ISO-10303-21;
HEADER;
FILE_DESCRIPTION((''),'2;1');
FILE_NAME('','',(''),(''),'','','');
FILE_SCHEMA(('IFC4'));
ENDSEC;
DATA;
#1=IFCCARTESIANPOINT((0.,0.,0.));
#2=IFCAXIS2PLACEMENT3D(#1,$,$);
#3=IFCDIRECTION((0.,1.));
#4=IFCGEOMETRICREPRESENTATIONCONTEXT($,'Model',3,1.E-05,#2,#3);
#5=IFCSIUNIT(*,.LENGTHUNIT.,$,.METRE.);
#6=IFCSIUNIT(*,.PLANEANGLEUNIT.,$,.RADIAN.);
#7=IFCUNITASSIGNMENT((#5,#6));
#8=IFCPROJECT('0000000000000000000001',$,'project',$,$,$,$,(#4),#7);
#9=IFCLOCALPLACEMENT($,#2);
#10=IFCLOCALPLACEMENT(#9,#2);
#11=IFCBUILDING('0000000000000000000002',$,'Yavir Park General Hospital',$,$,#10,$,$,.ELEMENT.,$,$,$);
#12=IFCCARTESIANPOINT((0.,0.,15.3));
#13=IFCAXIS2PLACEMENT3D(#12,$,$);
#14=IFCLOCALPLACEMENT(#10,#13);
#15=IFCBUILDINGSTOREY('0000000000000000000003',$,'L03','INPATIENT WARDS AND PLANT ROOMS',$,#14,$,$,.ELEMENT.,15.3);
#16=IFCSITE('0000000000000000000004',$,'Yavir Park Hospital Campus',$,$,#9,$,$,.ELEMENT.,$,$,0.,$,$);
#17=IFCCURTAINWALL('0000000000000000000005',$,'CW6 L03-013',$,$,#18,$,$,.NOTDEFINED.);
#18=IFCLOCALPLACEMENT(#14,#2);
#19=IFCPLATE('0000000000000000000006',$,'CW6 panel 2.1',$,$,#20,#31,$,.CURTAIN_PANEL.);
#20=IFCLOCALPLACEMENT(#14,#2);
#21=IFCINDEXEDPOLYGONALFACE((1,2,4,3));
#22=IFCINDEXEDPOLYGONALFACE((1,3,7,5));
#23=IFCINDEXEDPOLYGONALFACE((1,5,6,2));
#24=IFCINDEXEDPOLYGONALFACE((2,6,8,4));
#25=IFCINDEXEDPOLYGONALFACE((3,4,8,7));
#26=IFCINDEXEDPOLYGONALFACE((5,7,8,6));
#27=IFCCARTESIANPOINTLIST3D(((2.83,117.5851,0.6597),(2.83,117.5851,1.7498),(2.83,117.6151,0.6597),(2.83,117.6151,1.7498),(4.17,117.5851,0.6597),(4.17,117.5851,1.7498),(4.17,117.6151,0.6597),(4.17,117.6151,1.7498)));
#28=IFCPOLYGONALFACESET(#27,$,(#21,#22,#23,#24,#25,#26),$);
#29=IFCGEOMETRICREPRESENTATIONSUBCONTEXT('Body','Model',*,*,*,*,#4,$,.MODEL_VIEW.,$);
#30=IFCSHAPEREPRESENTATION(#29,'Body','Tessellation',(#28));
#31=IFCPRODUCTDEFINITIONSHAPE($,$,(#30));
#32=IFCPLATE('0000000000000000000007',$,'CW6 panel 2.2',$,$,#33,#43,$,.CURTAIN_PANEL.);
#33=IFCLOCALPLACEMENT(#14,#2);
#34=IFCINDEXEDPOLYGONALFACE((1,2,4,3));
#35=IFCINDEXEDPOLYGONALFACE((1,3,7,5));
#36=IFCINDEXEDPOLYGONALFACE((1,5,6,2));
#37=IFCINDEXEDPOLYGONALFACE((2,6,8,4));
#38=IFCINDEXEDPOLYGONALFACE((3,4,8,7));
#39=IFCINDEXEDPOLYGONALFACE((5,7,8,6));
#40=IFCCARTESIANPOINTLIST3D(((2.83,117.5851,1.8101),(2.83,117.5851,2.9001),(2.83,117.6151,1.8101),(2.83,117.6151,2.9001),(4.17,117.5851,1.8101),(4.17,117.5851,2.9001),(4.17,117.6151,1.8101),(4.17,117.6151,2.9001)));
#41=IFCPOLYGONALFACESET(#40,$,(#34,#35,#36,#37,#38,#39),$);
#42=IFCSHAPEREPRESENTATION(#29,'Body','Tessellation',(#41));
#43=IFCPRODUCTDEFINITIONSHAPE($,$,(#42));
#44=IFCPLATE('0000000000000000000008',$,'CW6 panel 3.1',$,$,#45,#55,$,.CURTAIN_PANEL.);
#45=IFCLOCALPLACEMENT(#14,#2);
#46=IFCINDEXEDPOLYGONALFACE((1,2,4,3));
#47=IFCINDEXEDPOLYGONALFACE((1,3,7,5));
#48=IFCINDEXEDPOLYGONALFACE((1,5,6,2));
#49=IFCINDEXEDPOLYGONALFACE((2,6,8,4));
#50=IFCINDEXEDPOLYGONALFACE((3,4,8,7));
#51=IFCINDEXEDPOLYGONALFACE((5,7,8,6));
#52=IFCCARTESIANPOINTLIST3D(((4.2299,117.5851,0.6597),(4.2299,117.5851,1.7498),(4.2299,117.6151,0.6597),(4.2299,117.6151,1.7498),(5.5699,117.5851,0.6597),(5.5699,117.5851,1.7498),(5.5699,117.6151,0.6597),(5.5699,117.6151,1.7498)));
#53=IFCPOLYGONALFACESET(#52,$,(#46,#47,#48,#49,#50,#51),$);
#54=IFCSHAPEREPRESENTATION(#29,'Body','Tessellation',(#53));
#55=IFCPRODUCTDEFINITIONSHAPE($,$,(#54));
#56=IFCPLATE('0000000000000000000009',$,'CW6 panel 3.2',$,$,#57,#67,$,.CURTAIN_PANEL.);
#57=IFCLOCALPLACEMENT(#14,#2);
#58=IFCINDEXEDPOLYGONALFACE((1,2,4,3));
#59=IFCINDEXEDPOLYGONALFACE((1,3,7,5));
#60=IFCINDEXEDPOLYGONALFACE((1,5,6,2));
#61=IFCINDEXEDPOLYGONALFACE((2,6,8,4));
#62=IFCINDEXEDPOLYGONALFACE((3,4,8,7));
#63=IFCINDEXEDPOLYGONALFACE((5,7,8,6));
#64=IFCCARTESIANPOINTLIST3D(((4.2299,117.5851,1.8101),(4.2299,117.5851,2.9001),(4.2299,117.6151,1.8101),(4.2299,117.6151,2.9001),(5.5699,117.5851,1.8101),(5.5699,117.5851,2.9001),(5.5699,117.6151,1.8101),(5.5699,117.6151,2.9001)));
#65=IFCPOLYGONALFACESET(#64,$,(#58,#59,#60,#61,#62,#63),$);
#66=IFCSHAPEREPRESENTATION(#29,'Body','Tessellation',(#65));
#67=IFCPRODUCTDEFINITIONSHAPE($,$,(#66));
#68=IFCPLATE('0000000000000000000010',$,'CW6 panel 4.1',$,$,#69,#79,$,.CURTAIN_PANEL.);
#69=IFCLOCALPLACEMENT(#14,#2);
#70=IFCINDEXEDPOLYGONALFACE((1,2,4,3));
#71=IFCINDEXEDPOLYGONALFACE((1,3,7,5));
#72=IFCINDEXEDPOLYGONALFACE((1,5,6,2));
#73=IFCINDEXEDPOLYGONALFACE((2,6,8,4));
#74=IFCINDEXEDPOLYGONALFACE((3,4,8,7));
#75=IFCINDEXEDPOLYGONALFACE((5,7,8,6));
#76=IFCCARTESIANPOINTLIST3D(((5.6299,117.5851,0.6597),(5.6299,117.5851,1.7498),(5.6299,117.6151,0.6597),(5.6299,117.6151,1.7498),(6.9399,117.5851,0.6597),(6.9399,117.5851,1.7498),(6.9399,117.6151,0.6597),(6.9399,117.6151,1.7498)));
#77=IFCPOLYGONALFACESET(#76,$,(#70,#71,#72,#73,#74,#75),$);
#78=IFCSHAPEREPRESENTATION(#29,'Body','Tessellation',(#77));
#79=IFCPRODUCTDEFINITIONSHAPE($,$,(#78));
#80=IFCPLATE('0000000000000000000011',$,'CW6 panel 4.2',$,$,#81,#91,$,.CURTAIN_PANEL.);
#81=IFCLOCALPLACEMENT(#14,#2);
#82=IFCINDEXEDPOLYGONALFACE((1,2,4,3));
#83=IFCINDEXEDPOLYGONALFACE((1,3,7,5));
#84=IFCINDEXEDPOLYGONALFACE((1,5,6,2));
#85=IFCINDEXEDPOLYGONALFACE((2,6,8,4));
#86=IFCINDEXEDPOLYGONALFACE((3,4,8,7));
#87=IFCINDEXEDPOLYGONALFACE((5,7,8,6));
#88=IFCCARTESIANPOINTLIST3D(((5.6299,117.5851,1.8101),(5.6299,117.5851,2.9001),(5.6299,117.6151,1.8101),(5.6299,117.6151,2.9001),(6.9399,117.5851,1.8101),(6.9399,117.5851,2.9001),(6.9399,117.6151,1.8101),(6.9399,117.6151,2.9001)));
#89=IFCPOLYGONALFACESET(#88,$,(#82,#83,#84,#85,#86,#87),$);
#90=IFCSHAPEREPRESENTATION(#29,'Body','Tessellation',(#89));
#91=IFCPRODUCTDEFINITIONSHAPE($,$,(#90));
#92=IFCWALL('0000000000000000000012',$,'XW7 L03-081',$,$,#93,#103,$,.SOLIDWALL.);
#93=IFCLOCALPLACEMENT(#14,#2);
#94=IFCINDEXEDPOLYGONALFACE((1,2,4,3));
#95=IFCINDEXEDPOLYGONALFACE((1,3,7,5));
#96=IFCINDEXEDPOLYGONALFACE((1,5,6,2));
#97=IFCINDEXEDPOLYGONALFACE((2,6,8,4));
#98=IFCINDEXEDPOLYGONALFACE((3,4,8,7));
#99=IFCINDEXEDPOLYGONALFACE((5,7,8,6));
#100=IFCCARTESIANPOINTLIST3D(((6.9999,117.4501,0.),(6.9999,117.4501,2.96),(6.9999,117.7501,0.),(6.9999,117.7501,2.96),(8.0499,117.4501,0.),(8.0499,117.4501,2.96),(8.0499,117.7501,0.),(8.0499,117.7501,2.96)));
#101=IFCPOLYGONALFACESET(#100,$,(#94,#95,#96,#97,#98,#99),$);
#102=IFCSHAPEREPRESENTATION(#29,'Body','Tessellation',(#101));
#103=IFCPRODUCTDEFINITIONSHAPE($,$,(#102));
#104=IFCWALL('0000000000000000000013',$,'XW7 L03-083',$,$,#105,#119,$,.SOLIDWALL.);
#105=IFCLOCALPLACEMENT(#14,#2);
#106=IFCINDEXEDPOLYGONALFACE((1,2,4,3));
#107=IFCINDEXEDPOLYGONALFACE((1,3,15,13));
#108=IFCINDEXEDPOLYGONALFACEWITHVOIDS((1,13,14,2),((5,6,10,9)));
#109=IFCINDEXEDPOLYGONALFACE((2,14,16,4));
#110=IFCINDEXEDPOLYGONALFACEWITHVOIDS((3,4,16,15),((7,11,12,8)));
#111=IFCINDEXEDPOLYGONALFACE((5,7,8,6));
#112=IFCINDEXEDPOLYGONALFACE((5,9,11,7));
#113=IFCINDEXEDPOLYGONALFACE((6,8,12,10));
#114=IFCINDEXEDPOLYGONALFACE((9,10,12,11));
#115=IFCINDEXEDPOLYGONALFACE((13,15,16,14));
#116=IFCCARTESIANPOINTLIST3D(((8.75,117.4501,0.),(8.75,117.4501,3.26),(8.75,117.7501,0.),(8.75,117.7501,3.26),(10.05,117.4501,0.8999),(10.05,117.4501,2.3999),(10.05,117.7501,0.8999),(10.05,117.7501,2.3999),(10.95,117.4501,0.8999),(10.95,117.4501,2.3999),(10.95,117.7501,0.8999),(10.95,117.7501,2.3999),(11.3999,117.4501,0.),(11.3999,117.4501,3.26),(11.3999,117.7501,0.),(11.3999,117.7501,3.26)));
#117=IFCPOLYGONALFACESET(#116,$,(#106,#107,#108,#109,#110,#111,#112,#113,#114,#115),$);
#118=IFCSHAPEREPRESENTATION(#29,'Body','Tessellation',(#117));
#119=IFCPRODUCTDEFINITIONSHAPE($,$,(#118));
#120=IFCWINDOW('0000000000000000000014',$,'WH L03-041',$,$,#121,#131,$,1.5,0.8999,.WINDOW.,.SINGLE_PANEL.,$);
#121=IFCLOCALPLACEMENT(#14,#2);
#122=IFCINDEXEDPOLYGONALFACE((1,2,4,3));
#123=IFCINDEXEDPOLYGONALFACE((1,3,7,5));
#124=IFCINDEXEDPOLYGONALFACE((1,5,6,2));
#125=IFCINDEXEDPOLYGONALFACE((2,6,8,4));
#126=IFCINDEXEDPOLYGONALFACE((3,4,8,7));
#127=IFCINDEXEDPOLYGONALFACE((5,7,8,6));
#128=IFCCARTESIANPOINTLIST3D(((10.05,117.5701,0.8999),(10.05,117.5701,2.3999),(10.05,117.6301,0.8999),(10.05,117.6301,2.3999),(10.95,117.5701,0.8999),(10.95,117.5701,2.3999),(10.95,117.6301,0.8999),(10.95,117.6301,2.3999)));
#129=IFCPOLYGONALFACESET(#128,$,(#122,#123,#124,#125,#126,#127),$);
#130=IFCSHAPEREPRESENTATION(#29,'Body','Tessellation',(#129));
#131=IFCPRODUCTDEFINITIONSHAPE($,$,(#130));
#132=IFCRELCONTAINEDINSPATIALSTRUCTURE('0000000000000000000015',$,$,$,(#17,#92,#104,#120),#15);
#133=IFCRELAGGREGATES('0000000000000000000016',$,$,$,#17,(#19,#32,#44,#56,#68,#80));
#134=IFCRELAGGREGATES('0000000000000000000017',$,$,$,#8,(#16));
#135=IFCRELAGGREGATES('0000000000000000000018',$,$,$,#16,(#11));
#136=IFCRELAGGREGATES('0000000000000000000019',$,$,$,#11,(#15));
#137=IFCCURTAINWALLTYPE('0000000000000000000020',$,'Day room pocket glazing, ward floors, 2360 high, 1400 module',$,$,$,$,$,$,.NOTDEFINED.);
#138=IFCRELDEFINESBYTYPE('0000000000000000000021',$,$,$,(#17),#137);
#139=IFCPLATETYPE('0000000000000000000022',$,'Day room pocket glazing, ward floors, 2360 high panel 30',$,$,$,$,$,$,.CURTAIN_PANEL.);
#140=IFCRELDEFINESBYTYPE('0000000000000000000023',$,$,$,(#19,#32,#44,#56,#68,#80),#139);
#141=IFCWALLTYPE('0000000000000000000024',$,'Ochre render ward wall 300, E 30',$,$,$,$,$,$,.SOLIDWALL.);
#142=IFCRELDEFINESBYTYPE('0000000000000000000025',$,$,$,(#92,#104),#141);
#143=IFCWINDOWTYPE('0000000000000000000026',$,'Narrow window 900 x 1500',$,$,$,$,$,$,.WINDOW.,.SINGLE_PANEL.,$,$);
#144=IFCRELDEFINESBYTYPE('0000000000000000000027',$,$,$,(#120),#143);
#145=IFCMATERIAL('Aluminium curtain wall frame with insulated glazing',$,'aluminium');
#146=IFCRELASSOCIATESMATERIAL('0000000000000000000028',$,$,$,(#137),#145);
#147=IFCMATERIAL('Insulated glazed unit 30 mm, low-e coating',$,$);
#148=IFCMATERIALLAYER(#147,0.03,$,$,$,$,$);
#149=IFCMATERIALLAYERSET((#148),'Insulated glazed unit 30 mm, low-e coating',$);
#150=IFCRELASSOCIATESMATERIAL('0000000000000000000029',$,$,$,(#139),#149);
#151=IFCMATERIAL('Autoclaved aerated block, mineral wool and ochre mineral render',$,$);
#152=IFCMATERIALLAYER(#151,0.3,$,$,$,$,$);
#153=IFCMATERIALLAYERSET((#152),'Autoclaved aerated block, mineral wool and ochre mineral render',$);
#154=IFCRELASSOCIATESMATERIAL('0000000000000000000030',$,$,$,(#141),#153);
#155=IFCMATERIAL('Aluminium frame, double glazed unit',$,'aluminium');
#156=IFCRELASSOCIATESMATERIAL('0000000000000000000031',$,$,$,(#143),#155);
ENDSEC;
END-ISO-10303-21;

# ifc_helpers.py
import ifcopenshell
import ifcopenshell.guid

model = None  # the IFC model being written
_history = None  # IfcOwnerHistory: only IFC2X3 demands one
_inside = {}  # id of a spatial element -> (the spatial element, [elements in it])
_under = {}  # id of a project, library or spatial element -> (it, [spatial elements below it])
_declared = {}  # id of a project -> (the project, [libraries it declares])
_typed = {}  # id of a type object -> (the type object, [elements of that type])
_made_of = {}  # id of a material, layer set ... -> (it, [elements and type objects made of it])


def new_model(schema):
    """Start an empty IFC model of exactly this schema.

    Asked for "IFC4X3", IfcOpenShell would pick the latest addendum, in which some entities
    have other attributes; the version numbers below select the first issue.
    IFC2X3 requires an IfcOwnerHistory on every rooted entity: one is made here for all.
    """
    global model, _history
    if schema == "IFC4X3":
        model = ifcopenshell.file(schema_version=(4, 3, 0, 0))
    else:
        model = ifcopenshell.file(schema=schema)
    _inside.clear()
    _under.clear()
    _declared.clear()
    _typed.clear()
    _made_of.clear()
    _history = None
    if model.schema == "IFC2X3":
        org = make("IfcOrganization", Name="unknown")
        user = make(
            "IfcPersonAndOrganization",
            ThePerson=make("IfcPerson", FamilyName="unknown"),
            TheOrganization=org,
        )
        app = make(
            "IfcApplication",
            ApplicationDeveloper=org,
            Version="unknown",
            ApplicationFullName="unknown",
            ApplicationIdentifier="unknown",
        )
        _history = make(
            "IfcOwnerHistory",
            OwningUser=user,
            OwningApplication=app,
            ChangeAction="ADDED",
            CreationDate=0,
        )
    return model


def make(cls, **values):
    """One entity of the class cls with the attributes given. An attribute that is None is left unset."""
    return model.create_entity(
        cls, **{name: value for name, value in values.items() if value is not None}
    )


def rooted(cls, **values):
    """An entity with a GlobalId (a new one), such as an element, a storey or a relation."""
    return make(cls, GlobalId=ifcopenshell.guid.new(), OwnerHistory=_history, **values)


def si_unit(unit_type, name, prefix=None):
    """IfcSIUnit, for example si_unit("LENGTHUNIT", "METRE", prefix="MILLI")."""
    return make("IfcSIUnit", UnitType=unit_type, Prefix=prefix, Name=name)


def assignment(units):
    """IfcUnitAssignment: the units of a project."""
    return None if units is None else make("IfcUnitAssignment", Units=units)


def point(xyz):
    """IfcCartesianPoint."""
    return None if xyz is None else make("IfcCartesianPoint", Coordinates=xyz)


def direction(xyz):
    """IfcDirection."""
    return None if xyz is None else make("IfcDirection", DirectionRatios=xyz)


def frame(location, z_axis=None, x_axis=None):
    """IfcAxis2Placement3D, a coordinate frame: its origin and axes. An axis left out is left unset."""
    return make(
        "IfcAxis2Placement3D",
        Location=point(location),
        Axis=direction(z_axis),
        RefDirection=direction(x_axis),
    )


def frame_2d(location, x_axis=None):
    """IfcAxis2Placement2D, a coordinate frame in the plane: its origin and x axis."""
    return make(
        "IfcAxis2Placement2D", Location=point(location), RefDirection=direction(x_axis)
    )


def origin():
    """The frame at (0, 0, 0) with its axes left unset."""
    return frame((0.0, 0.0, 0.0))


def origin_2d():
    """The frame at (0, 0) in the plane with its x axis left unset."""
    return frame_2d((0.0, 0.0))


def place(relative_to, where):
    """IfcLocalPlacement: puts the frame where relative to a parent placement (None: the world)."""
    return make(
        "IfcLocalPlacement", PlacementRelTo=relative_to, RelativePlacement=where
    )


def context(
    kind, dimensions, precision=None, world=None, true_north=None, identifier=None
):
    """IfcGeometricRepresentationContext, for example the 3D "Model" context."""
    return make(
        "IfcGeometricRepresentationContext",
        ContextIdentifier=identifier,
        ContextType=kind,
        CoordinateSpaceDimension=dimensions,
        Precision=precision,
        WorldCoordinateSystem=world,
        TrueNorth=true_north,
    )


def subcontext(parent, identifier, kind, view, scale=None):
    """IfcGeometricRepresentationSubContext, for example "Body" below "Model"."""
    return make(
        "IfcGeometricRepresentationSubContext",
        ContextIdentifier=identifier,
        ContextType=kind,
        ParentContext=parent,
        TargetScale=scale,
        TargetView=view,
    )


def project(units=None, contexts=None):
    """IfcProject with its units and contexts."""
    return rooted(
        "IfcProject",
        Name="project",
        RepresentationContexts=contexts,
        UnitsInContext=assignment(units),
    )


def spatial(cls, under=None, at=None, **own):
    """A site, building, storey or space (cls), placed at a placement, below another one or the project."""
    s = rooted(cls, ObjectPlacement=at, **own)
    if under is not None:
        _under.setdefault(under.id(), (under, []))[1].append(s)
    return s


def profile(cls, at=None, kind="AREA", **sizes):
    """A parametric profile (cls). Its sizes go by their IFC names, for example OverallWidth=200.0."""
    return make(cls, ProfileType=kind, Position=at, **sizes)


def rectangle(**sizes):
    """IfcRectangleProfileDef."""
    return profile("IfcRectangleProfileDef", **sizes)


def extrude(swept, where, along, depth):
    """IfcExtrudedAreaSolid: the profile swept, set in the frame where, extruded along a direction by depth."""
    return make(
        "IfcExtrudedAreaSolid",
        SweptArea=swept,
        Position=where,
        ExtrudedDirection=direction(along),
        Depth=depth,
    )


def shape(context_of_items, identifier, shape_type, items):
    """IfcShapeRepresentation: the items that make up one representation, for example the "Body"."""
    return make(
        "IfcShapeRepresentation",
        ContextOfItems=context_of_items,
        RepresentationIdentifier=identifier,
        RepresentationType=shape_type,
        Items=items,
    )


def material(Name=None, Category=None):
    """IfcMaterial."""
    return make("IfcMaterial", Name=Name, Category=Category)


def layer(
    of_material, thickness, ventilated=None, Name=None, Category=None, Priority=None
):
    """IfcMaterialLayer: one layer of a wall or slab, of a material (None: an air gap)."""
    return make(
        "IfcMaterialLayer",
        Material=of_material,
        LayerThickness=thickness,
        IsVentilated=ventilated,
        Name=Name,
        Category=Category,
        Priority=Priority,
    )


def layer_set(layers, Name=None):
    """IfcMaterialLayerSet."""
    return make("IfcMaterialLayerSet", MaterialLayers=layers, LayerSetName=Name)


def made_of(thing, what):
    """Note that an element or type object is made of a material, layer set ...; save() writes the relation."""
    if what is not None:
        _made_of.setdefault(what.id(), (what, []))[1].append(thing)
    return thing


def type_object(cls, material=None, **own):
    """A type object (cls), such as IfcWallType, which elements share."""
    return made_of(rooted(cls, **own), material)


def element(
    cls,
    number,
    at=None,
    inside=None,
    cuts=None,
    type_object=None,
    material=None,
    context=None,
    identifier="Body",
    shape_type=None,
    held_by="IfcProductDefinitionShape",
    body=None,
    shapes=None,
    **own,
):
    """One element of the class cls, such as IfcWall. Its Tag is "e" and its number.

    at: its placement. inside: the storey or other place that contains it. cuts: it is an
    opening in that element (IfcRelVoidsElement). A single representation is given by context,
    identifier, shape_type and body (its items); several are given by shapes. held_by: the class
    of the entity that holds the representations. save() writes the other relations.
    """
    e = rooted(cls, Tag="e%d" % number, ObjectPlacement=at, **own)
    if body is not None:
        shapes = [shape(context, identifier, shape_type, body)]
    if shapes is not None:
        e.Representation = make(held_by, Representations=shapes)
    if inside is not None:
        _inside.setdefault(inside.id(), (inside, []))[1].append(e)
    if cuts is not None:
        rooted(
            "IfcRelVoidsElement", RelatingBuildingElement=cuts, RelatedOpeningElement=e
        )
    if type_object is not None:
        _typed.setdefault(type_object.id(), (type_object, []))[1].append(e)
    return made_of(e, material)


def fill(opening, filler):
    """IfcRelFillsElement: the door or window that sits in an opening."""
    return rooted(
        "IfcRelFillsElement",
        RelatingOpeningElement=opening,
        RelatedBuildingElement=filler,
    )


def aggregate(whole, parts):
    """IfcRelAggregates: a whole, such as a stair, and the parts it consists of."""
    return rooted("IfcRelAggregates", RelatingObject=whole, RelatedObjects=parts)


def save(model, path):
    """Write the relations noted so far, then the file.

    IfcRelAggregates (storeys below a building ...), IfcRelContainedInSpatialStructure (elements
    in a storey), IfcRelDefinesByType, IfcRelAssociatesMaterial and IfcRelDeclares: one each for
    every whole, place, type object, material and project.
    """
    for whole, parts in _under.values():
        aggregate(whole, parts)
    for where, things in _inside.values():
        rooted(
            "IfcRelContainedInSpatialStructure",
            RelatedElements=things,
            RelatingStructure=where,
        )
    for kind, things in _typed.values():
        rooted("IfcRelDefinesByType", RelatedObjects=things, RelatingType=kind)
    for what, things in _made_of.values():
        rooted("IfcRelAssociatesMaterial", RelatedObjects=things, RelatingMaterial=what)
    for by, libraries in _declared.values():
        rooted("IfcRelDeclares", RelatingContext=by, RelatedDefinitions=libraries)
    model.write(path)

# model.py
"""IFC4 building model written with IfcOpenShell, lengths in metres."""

from ifc_helpers import new_model, si_unit, direction, frame, frame_2d, origin, origin_2d, place, context, subcontext, project, spatial, rectangle, extrude, material, layer, layer_set, type_object, element, fill, aggregate, save


model = new_model("IFC4")

# Units and contexts
model_context = context("Model", 3, precision=1e-05, world=origin(), true_north=direction((0.0, 1.0)))
body_context = subcontext(model_context, "Body", "Model", "MODEL_VIEW")
ifc_project = project(units=[si_unit("LENGTHUNIT", "METRE"), si_unit("PLANEANGLEUNIT", "RADIAN")], contexts=[model_context])

# Site, building, storey
site_placement = place(None, origin())
site = spatial("IfcSite", under=ifc_project, at=site_placement, Name="Yavir Park Hospital Campus", CompositionType="ELEMENT", RefElevation=0.0)
building_placement = place(site_placement, origin())
building = spatial("IfcBuilding", under=site, at=building_placement, Name="Yavir Park General Hospital", CompositionType="ELEMENT")
storey_placement = place(building_placement, frame((0.0, 0.0, 15.3)))
storey = spatial("IfcBuildingStorey", under=building, at=storey_placement, Name="L03", Description="INPATIENT WARDS AND PLANT ROOMS", CompositionType="ELEMENT", Elevation=15.3)

# Curtain wall, plates
ifc_material_1 = material(Name="Aluminium curtain wall frame with insulated glazing", Category="aluminium")
curtain_wall_type = type_object("IfcCurtainWallType", Name="Day room pocket glazing, ward floors, 2360 high, 1400 module", PredefinedType="NOTDEFINED", material=ifc_material_1)
curtain_wall_placement = place(storey_placement, origin())
curtain_wall = element("IfcCurtainWall", 1, at=curtain_wall_placement, inside=storey, type_object=curtain_wall_type, Name="CW6 L03-013", PredefinedType="NOTDEFINED")
ifc_material_2 = material(Name="Insulated glazed unit 30 mm, low-e coating")
ifc_layer_1 = layer(ifc_material_2, 0.03)
ifc_layer_set_1 = layer_set([ifc_layer_1], Name="Insulated glazed unit 30 mm, low-e coating")
plate_type = type_object("IfcPlateType", Name="Day room pocket glazing, ward floors, 2360 high panel 30", PredefinedType="CURTAIN_PANEL", material=ifc_layer_set_1)
plate_1_placement = place(storey_placement, frame((3.5, 117.6001, 0.6597), z_axis=(0.0, 0.0, 1.0), x_axis=(1.0, 0.0, 0.0)))
plate_1 = element("IfcPlate", 2, at=plate_1_placement, type_object=plate_type, Name="CW6 panel 2.1", PredefinedType="CURTAIN_PANEL", context=body_context, shape_type="SweptSolid", body=[
    extrude(rectangle(XDim=1.3401, YDim=0.03, at=origin_2d()), origin(), (0.0, 0.0, 1.0), 1.0901),
])
plate_2_placement = place(storey_placement, frame((3.5, 117.6001, 1.8101), z_axis=(0.0, 0.0, 1.0), x_axis=(1.0, 0.0, 0.0)))
plate_2 = element("IfcPlate", 3, at=plate_2_placement, type_object=plate_type, Name="CW6 panel 2.2", PredefinedType="CURTAIN_PANEL", context=body_context, shape_type="SweptSolid", body=[
    extrude(rectangle(XDim=1.3401, YDim=0.03, at=origin_2d()), origin(), (0.0, 0.0, 1.0), 1.0901),
])
plate_3_placement = place(storey_placement, frame((4.8999, 117.6001, 0.6597), z_axis=(0.0, 0.0, 1.0), x_axis=(1.0, 0.0, 0.0)))
plate_3 = element("IfcPlate", 4, at=plate_3_placement, type_object=plate_type, Name="CW6 panel 3.1", PredefinedType="CURTAIN_PANEL", context=body_context, shape_type="SweptSolid", body=[
    extrude(rectangle(XDim=1.3401, YDim=0.03, at=origin_2d()), origin(), (0.0, 0.0, 1.0), 1.0901),
])
plate_4_placement = place(storey_placement, frame((4.8999, 117.6001, 1.8101), z_axis=(0.0, 0.0, 1.0), x_axis=(1.0, 0.0, 0.0)))
plate_4 = element("IfcPlate", 5, at=plate_4_placement, type_object=plate_type, Name="CW6 panel 3.2", PredefinedType="CURTAIN_PANEL", context=body_context, shape_type="SweptSolid", body=[
    extrude(rectangle(XDim=1.3401, YDim=0.03, at=origin_2d()), origin(), (0.0, 0.0, 1.0), 1.0901),
])
plate_5_placement = place(storey_placement, frame((6.2849, 117.6001, 0.6597), z_axis=(0.0, 0.0, 1.0), x_axis=(1.0, 0.0, 0.0)))
plate_5 = element("IfcPlate", 6, at=plate_5_placement, type_object=plate_type, Name="CW6 panel 4.1", PredefinedType="CURTAIN_PANEL", context=body_context, shape_type="SweptSolid", body=[
    extrude(rectangle(XDim=1.3101, YDim=0.03, at=origin_2d()), origin(), (0.0, 0.0, 1.0), 1.0901),
])
plate_6_placement = place(storey_placement, frame((6.2849, 117.6001, 1.8101), z_axis=(0.0, 0.0, 1.0), x_axis=(1.0, 0.0, 0.0)))
plate_6 = element("IfcPlate", 7, at=plate_6_placement, type_object=plate_type, Name="CW6 panel 4.2", PredefinedType="CURTAIN_PANEL", context=body_context, shape_type="SweptSolid", body=[
    extrude(rectangle(XDim=1.3101, YDim=0.03, at=origin_2d()), origin(), (0.0, 0.0, 1.0), 1.0901),
])
aggregate(curtain_wall, [plate_1, plate_2, plate_3, plate_4, plate_5, plate_6])

# Wall
ifc_material_3 = material(Name="Autoclaved aerated block, mineral wool and ochre mineral render")
ifc_layer_2 = layer(ifc_material_3, 0.3)
ifc_layer_set_2 = layer_set([ifc_layer_2], Name="Autoclaved aerated block, mineral wool and ochre mineral render")
wall_type = type_object("IfcWallType", Name="Ochre render ward wall 300, E 30", PredefinedType="SOLIDWALL", material=ifc_layer_set_2)
wall_1_placement = place(storey_placement, frame((7.0, 117.6001, 0.0), z_axis=(0.0, 0.0, 1.0), x_axis=(1.0, 0.0, 0.0)))
element("IfcWall", 8, at=wall_1_placement, inside=storey, type_object=wall_type, Name="XW7 L03-081", PredefinedType="SOLIDWALL", context=body_context, shape_type="SweptSolid", body=[
    extrude(rectangle(XDim=1.05, YDim=0.3, at=frame_2d((0.5249, 0.0))), origin(), (0.0, 0.0, 1.0), 2.96),
])

# Wall, opening, window
wall_2_placement = place(storey_placement, frame((8.75, 117.6001, 0.0), z_axis=(0.0, 0.0, 1.0), x_axis=(1.0, 0.0, 0.0)))
wall_2 = element("IfcWall", 9, at=wall_2_placement, inside=storey, type_object=wall_type, Name="XW7 L03-083", PredefinedType="SOLIDWALL", context=body_context, shape_type="SweptSolid", body=[
    extrude(rectangle(XDim=2.6499, YDim=0.3, at=frame_2d((1.325, 0.0))), origin(), (0.0, 0.0, 1.0), 3.26),
])
opening_placement = place(wall_2_placement, frame((1.3, 0.0, 0.8999)))
opening = element("IfcOpeningElement", 10, at=opening_placement, cuts=wall_2, PredefinedType="OPENING", context=body_context, shape_type="SweptSolid", body=[
    extrude(rectangle(XDim=0.8999, YDim=1.5, at=frame_2d((0.45, 0.75))), frame((0.0, 0.1599, 0.0), z_axis=(0.0, -1.0, 0.0), x_axis=(1.0, 0.0, 0.0)), (0.0, 0.0, 1.0), 0.3201),
])
ifc_material_4 = material(Name="Aluminium frame, double glazed unit", Category="aluminium")
window_type = type_object("IfcWindowType", Name="Narrow window 900 x 1500", PartitioningType="SINGLE_PANEL", PredefinedType="WINDOW", material=ifc_material_4)
window_placement = place(opening_placement, origin())
window = element("IfcWindow", 11, at=window_placement, inside=storey, type_object=window_type, Name="WH L03-041", OverallHeight=1.5, OverallWidth=0.8999, PartitioningType="SINGLE_PANEL", PredefinedType="WINDOW", context=body_context, shape_type="SweptSolid", body=[
    extrude(rectangle(XDim=0.8999, YDim=1.5, at=frame_2d((0.45, 0.75))), frame((0.0, 0.03, 0.0), z_axis=(0.0, -1.0, 0.0), x_axis=(1.0, 0.0, 0.0)), (0.0, 0.0, 1.0), 0.0601),
])
fill(opening, window)

save(model, "model.ifc")
